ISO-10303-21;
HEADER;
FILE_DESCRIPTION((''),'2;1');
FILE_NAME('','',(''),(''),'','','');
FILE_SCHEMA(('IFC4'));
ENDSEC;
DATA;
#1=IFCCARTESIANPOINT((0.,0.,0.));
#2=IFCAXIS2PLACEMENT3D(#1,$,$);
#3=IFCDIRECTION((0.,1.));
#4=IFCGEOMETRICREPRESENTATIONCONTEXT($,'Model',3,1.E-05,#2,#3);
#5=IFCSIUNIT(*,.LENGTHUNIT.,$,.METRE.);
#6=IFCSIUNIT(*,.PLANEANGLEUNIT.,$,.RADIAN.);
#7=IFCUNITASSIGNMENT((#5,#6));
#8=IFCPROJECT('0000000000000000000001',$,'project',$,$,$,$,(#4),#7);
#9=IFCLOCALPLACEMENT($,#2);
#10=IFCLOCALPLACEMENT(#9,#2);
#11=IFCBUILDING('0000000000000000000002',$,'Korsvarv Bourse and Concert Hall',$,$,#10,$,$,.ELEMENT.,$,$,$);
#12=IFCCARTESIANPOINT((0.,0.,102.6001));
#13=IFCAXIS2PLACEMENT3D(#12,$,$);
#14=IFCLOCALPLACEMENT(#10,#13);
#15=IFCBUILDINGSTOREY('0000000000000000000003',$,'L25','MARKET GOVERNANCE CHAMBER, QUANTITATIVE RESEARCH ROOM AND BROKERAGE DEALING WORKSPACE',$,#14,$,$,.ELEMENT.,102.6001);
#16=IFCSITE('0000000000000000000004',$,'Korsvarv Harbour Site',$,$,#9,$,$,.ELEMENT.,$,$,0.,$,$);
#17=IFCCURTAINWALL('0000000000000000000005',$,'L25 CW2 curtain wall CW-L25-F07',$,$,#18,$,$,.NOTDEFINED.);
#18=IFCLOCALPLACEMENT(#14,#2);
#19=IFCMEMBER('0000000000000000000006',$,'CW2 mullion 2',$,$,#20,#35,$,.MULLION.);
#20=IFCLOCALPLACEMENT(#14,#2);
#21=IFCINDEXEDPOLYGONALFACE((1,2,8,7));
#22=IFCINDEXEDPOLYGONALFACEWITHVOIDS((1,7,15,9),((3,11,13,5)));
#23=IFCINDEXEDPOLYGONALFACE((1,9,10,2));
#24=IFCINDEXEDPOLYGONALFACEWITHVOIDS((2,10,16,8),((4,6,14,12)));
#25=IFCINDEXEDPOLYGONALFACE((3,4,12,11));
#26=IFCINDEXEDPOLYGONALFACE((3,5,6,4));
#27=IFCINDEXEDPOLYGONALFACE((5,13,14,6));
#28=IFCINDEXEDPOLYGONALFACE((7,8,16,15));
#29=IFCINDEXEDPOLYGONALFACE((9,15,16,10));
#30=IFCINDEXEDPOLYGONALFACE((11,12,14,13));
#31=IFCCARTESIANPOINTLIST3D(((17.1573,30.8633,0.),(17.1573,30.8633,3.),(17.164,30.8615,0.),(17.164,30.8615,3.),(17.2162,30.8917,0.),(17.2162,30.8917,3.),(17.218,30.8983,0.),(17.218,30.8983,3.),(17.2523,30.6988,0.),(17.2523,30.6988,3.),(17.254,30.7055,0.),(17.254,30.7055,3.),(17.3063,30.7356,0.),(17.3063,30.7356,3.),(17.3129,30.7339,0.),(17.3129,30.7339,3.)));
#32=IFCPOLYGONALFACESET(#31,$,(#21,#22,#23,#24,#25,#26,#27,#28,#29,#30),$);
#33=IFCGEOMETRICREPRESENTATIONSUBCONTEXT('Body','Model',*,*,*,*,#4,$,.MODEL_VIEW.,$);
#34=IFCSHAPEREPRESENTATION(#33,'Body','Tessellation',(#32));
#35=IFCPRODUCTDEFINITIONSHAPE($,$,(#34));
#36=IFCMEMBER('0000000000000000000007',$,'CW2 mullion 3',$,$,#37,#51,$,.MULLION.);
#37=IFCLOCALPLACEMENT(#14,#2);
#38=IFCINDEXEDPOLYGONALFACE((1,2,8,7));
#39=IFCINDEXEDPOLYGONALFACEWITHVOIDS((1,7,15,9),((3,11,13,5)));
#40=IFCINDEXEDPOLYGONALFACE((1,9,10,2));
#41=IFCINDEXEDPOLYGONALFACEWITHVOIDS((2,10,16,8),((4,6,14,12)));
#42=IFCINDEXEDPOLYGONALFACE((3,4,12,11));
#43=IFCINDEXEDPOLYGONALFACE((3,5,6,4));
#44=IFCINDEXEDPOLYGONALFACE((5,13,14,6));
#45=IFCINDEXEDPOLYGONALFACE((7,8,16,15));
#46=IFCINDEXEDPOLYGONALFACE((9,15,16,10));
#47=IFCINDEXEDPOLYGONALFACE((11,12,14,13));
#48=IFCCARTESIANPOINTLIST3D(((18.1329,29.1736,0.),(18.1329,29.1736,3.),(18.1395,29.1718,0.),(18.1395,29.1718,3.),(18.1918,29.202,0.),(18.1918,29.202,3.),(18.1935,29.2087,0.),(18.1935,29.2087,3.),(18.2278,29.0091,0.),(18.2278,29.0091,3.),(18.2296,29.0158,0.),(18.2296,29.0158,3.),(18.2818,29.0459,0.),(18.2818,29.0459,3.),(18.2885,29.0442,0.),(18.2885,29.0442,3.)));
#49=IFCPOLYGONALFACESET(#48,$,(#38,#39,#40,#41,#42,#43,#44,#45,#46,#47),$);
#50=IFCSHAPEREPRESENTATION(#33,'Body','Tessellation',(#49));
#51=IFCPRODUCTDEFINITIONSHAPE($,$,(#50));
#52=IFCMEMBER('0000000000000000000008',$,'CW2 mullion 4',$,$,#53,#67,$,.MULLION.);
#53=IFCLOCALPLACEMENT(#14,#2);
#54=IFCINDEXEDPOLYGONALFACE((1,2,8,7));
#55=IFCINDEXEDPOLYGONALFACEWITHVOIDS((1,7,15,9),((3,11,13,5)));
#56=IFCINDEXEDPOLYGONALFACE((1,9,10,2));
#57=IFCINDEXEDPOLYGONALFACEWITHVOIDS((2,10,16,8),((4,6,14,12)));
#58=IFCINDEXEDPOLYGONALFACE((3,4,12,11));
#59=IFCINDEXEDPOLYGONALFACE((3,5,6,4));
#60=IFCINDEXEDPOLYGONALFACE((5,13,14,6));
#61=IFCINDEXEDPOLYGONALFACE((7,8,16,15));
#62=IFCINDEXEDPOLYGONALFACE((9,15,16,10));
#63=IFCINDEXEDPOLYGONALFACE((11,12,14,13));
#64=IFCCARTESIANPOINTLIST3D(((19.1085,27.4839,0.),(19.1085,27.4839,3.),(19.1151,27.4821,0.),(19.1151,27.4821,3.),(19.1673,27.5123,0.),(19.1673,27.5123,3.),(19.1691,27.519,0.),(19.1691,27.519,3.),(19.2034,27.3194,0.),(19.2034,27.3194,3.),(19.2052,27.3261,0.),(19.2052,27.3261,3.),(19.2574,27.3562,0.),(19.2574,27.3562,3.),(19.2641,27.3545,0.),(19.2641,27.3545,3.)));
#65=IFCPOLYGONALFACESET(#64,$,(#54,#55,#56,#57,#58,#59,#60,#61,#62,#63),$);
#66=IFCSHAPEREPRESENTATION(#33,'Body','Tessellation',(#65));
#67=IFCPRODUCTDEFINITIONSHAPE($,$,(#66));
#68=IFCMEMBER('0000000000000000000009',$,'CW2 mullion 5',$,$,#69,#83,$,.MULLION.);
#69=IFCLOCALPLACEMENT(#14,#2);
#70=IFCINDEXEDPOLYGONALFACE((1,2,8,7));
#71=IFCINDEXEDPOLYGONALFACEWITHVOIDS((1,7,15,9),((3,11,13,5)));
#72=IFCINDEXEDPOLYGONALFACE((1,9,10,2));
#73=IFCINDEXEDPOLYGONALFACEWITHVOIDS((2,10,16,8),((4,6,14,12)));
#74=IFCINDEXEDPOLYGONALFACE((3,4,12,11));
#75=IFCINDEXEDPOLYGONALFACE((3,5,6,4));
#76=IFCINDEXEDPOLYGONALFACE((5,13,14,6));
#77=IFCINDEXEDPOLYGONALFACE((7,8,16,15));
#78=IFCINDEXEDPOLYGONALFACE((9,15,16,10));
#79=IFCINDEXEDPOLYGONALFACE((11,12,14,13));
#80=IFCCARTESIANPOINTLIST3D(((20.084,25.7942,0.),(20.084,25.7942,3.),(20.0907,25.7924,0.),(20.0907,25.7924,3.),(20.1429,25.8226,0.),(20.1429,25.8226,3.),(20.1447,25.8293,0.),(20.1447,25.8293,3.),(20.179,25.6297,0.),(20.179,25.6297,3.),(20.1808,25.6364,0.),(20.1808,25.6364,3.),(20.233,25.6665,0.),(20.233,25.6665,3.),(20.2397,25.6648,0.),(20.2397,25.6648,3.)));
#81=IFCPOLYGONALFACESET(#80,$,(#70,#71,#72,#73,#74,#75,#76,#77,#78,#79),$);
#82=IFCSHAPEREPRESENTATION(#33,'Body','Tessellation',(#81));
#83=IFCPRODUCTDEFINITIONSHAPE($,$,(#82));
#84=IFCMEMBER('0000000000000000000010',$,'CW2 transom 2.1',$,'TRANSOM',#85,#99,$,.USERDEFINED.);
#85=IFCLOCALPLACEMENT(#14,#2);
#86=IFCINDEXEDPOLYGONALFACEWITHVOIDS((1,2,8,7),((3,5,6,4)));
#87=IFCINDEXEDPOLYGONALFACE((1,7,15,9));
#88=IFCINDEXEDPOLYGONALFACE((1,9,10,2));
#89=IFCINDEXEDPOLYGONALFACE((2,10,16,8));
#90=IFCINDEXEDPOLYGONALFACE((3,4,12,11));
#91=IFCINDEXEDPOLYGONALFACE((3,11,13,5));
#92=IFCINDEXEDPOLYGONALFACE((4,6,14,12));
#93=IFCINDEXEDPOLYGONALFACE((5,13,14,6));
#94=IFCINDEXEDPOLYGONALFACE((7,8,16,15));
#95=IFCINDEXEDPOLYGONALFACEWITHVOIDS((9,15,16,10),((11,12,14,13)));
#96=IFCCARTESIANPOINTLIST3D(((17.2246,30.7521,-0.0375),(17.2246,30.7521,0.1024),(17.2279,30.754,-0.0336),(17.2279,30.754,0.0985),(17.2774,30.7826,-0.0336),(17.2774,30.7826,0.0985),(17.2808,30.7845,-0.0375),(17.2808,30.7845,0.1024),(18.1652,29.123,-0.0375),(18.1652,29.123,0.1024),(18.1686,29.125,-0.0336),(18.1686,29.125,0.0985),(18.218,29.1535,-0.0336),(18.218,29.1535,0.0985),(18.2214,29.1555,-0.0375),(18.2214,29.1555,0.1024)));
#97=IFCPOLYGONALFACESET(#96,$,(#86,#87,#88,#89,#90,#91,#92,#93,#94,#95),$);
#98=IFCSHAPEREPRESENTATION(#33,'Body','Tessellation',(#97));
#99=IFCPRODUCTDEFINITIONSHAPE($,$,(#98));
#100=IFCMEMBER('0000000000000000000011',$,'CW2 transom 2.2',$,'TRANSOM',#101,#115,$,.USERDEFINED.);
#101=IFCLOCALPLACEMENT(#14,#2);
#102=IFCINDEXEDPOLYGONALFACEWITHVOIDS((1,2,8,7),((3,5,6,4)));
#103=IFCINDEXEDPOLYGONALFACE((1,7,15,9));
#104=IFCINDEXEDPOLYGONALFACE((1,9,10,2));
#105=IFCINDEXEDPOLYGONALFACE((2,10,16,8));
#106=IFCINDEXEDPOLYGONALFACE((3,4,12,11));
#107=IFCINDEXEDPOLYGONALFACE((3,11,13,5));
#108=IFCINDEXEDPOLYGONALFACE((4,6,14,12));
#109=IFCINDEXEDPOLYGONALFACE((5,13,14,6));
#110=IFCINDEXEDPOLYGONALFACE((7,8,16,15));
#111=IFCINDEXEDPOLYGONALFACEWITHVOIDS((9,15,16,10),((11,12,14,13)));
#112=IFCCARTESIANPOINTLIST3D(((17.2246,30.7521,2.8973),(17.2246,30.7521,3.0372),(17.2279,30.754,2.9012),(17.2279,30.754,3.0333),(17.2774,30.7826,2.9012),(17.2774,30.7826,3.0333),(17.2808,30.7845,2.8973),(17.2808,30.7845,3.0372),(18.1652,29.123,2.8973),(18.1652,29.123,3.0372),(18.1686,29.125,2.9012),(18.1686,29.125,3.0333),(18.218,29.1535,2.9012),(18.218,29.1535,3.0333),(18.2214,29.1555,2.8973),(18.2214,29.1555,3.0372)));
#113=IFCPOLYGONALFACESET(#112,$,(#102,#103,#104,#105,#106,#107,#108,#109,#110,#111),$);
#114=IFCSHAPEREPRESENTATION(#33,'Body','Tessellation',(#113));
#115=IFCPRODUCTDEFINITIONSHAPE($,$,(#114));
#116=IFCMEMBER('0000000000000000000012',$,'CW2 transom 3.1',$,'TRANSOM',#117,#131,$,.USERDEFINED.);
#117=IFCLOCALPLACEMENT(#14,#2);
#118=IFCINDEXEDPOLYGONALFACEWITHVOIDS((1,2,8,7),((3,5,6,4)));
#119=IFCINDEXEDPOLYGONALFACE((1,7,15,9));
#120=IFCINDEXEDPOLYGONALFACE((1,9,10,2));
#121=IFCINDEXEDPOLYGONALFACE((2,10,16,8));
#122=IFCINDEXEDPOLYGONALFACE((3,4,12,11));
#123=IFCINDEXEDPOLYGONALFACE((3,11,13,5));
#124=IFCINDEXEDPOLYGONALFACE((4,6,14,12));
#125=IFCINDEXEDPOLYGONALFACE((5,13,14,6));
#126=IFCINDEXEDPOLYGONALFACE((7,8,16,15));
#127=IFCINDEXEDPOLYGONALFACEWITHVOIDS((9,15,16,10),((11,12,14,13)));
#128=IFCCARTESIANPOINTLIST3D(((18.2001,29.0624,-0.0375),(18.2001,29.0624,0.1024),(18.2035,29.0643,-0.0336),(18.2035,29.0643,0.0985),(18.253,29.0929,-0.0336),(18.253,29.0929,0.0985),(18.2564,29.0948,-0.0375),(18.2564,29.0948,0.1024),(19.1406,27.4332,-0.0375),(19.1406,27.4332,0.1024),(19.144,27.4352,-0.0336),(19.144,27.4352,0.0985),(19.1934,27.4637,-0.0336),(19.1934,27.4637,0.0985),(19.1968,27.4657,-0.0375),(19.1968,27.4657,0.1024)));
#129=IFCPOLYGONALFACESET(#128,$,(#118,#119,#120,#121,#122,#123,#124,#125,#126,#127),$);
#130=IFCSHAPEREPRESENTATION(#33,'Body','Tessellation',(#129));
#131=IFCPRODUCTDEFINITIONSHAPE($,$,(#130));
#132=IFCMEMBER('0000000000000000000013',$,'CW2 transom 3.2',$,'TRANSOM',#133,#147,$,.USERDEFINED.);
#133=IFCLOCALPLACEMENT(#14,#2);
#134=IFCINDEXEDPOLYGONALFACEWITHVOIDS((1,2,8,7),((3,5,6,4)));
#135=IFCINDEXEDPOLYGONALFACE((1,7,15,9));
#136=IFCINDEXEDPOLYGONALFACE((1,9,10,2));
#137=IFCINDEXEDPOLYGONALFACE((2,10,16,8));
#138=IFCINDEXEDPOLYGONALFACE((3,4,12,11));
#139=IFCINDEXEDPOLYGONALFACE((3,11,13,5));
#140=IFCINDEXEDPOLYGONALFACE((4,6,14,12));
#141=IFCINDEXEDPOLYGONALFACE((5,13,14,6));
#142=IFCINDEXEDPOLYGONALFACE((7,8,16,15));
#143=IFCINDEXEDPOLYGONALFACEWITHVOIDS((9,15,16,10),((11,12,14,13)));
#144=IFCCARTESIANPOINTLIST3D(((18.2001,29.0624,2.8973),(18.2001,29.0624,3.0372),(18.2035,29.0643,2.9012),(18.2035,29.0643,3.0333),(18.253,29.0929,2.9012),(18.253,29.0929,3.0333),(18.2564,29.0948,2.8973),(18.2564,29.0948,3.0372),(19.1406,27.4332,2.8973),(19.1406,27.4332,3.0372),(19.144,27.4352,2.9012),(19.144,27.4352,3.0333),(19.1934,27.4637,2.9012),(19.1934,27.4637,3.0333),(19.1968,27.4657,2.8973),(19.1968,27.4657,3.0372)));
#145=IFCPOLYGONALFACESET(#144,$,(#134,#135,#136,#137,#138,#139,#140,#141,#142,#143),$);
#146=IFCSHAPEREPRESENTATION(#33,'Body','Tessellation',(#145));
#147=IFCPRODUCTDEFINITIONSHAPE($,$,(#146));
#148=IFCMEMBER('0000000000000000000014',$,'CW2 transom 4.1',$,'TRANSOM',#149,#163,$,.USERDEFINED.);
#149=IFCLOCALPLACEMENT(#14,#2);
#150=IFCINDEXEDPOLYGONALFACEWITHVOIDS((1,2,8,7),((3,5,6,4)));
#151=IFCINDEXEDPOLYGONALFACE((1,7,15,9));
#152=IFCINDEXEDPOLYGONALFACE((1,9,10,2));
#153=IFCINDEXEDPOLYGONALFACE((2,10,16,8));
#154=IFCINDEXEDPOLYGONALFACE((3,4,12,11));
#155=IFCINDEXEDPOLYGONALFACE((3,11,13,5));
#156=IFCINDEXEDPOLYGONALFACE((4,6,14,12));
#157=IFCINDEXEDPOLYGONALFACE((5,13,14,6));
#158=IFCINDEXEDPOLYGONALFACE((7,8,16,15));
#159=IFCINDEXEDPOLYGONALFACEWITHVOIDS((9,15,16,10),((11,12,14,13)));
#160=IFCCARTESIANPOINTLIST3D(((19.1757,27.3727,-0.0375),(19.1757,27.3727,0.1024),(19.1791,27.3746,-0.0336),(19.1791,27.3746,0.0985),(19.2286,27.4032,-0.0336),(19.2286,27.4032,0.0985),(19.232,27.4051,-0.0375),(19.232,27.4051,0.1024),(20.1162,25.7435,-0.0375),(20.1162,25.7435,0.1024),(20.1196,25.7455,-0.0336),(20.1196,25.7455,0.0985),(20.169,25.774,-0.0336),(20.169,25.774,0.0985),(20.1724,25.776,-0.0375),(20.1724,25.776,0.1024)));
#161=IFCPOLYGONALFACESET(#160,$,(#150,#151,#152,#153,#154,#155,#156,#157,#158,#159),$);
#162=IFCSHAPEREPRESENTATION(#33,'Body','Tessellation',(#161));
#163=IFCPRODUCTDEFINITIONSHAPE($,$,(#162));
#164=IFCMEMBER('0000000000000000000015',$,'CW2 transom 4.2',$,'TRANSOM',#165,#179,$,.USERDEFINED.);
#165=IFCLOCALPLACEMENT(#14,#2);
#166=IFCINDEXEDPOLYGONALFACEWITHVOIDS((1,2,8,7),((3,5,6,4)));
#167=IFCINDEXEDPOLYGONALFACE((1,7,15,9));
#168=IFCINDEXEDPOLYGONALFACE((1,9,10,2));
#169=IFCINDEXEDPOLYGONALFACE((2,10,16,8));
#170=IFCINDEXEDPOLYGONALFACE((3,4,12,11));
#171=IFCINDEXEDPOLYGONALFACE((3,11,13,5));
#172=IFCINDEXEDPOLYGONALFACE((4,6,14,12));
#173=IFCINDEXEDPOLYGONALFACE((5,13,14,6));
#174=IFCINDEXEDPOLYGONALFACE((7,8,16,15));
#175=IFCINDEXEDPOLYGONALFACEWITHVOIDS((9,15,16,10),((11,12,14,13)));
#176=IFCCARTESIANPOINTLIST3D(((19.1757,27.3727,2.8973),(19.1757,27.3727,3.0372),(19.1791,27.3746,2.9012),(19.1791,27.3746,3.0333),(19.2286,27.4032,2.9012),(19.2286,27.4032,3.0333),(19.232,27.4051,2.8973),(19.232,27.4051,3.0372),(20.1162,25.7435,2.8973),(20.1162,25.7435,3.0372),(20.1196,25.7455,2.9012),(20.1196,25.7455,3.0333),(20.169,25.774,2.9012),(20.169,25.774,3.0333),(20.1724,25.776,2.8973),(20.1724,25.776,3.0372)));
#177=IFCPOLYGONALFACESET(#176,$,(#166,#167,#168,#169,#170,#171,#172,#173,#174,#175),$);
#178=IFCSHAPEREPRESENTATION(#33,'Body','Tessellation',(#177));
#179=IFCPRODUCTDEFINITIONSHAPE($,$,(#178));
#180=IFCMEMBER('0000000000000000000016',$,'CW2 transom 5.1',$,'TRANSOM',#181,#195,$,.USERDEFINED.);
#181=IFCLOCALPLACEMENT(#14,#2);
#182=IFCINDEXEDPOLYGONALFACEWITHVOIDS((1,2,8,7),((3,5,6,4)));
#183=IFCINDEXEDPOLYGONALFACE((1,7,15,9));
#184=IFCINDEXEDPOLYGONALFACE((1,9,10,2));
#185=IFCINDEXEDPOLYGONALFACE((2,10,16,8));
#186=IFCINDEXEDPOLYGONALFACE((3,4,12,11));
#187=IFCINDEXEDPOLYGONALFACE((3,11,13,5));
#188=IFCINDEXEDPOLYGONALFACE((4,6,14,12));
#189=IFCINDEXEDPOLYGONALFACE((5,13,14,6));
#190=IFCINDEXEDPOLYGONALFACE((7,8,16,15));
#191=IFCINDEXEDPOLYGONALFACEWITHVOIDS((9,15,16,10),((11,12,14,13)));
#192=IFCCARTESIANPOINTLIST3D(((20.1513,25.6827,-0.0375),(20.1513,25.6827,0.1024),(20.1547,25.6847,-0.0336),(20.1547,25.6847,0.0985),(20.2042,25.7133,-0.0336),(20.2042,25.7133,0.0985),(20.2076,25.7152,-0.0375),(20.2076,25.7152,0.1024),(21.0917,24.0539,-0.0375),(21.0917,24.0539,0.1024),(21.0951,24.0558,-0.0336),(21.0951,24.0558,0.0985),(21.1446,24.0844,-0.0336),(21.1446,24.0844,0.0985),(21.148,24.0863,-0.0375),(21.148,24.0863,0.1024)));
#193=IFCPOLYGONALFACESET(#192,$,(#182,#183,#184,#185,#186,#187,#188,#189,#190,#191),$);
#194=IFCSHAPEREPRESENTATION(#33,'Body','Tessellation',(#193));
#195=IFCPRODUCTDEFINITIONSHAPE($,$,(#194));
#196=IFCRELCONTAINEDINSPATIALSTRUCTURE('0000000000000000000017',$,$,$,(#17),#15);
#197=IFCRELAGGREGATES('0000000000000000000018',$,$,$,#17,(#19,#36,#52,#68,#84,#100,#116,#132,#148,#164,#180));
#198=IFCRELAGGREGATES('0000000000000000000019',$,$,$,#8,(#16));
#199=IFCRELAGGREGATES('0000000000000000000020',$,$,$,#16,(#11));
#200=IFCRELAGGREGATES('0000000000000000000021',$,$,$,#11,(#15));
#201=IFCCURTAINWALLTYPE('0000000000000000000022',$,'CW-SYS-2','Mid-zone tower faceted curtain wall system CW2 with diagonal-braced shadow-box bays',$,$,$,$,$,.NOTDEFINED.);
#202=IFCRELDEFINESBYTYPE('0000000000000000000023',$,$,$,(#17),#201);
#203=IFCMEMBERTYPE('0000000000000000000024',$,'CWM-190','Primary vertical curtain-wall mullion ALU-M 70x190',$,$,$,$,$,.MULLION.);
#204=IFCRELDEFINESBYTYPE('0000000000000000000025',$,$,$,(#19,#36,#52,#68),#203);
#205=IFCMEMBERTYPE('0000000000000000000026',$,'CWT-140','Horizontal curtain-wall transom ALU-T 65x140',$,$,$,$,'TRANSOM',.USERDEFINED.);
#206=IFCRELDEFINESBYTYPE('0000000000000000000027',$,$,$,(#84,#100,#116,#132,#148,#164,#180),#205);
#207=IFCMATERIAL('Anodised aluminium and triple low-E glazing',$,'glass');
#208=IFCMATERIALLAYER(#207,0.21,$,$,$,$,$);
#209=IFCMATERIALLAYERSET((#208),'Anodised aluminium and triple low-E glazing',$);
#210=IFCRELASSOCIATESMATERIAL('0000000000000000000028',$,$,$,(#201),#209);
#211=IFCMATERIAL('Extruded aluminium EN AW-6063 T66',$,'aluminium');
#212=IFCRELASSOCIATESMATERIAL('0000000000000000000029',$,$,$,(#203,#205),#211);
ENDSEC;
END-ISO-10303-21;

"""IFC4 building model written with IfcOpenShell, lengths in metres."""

from ifc_helpers import new_model, si_unit, direction, frame, origin, origin_2d, place, context, subcontext, project, spatial, hollow_rectangle, extrude, source, transform, mapped, material, layer, layer_set, material_profile, profile_set, type_object, element, aggregate, save


model = new_model("IFC4")

# Units and contexts
model_context = context("Model", 3, precision=1e-05, world=origin(), true_north=direction((0.0, 1.0)))
body_context = subcontext(model_context, "Body", "Model", "MODEL_VIEW")
ifc_project = project(units=[si_unit("LENGTHUNIT", "METRE"), si_unit("PLANEANGLEUNIT", "RADIAN")], contexts=[model_context])

# Site, building, storey
site_placement = place(None, origin())
site = spatial("IfcSite", under=ifc_project, at=site_placement, Name="Korsvarv Harbour Site", CompositionType="ELEMENT", RefElevation=0.0)
building_placement = place(site_placement, origin())
building = spatial("IfcBuilding", under=site, at=building_placement, Name="Korsvarv Bourse and Concert Hall", CompositionType="ELEMENT")
storey_placement = place(building_placement, frame((0.0, 0.0, 102.6001)))
storey = spatial("IfcBuildingStorey", under=building, at=storey_placement, Name="L25", Description="MARKET GOVERNANCE CHAMBER, QUANTITATIVE RESEARCH ROOM AND BROKERAGE DEALING WORKSPACE", CompositionType="ELEMENT", Elevation=102.6001)

# Curtain wall, members
ifc_material_1 = material(Name="Anodised aluminium and triple low-E glazing", Category="glass")
ifc_layer_1 = layer(ifc_material_1, 0.21)
ifc_layer_set_1 = layer_set([ifc_layer_1], Name="Anodised aluminium and triple low-E glazing")
curtain_wall_type = type_object("IfcCurtainWallType", Name="CW-SYS-2", Description="Mid-zone tower faceted curtain wall system CW2 with diagonal-braced shadow-box bays", PredefinedType="NOTDEFINED", material=ifc_layer_set_1)
curtain_wall_placement = place(storey_placement, origin())
curtain_wall = element("IfcCurtainWall", 1, at=curtain_wall_placement, inside=storey, type_object=curtain_wall_type, Name="L25 CW2 curtain wall CW-L25-F07", PredefinedType="NOTDEFINED")
ifc_material_2 = material(Name="Extruded aluminium EN AW-6063 T66", Category="aluminium")
ifc_material_profile_1 = material_profile(ifc_material_2, hollow_rectangle(XDim=0.0701, YDim=0.1899, WallThickness=0.0049, at=origin_2d()), Name="ALU-M 70x190")
ifc_profile_set_1 = profile_set([ifc_material_profile_1], Name="Extruded aluminium EN AW-6063 T66")
member_type_1 = type_object("IfcMemberType", Name="CWM-190", Description="Primary vertical curtain-wall mullion ALU-M 70x190", PredefinedType="MULLION", material=ifc_profile_set_1)
shared_shape_1 = source(origin(), body_context, "Body", "SweptSolid", [
    extrude(hollow_rectangle(XDim=0.0701, YDim=0.1899, WallThickness=0.0049, at=origin_2d()), origin(), (0.0, 0.0, 1.0), 3.0),
])
member_1_placement = place(storey_placement, frame((17.2351, 30.7986, 0.0), z_axis=(0.0, 0.0, 1.0), x_axis=(0.866024, 0.500002, 0.0)))
member_1 = element("IfcMember", 2, at=member_1_placement, type_object=member_type_1, Name="CW2 mullion 2", PredefinedType="MULLION", context=body_context, shape_type="MappedRepresentation", body=[
    mapped(shared_shape_1, transform((0.0, 0.0, 0.0), scale=1.0)),
])
member_2_placement = place(storey_placement, frame((18.2107, 29.1089, 0.0), z_axis=(0.0, 0.0, 1.0), x_axis=(0.866024, 0.500002, 0.0)))
member_2 = element("IfcMember", 3, at=member_2_placement, type_object=member_type_1, Name="CW2 mullion 3", PredefinedType="MULLION", context=body_context, shape_type="MappedRepresentation", body=[
    mapped(shared_shape_1, transform((0.0, 0.0, 0.0), scale=1.0)),
])
member_3_placement = place(storey_placement, frame((19.1863, 27.4192, 0.0), z_axis=(0.0, 0.0, 1.0), x_axis=(0.866024, 0.500002, 0.0)))
member_3 = element("IfcMember", 4, at=member_3_placement, type_object=member_type_1, Name="CW2 mullion 4", PredefinedType="MULLION", context=body_context, shape_type="MappedRepresentation", body=[
    mapped(shared_shape_1, transform((0.0, 0.0, 0.0), scale=1.0)),
])
member_4_placement = place(storey_placement, frame((20.1619, 25.7295, 0.0), z_axis=(0.0, 0.0, 1.0), x_axis=(0.866024, 0.500002, 0.0)))
member_4 = element("IfcMember", 5, at=member_4_placement, type_object=member_type_1, Name="CW2 mullion 5", PredefinedType="MULLION", context=body_context, shape_type="MappedRepresentation", body=[
    mapped(shared_shape_1, transform((0.0, 0.0, 0.0), scale=1.0)),
])
ifc_material_profile_2 = material_profile(ifc_material_2, hollow_rectangle(XDim=0.0649, YDim=0.1399, WallThickness=0.0039, at=origin_2d()), Name="ALU-T 65x140")
ifc_profile_set_2 = profile_set([ifc_material_profile_2], Name="Extruded aluminium EN AW-6063 T66")
member_type_2 = type_object("IfcMemberType", Name="CWT-140", Description="Horizontal curtain-wall transom ALU-T 65x140", ElementType="TRANSOM", PredefinedType="USERDEFINED", material=ifc_profile_set_2)
shared_shape_2 = source(origin(), body_context, "Body", "SweptSolid", [
    extrude(hollow_rectangle(XDim=0.0649, YDim=0.1399, WallThickness=0.0039, at=origin_2d()), origin(), (0.0, 0.0, 1.0), 1.8811),
])
member_5_placement = place(storey_placement, frame((17.2527, 30.7683, 0.0325), z_axis=(0.500033, -0.866006, 0.0), x_axis=(0.866006, 0.500033, 0.0)))
member_5 = element("IfcMember", 6, at=member_5_placement, type_object=member_type_2, Name="CW2 transom 2.1", ObjectType="TRANSOM", PredefinedType="USERDEFINED", context=body_context, shape_type="MappedRepresentation", body=[
    mapped(shared_shape_2, transform((0.0, 0.0, 0.0), scale=1.0)),
])
member_6_placement = place(storey_placement, frame((17.2527, 30.7683, 2.9673), z_axis=(0.500033, -0.866006, 0.0), x_axis=(0.866006, 0.500033, 0.0)))
member_6 = element("IfcMember", 7, at=member_6_placement, type_object=member_type_2, Name="CW2 transom 2.2", ObjectType="TRANSOM", PredefinedType="USERDEFINED", context=body_context, shape_type="MappedRepresentation", body=[
    mapped(shared_shape_2, transform((0.0, 0.0, 0.0), scale=1.0)),
])
member_7_placement = place(storey_placement, frame((18.2283, 29.0786, 0.0325), z_axis=(0.499936, -0.866062, 0.0), x_axis=(0.866062, 0.499936, 0.0)))
member_7 = element("IfcMember", 8, at=member_7_placement, type_object=member_type_2, Name="CW2 transom 3.1", ObjectType="TRANSOM", PredefinedType="USERDEFINED", context=body_context, shape_type="MappedRepresentation", body=[
    mapped(shared_shape_2, transform((0.0, 0.0, 0.0), scale=1.0)),
])
member_8_placement = place(storey_placement, frame((18.2283, 29.0786, 2.9673), z_axis=(0.499936, -0.866062, 0.0), x_axis=(0.866062, 0.499936, 0.0)))
member_8 = element("IfcMember", 9, at=member_8_placement, type_object=member_type_2, Name="CW2 transom 3.2", ObjectType="TRANSOM", PredefinedType="USERDEFINED", context=body_context, shape_type="MappedRepresentation", body=[
    mapped(shared_shape_2, transform((0.0, 0.0, 0.0), scale=1.0)),
])
member_9_placement = place(storey_placement, frame((19.2039, 27.3889, 0.0325), z_axis=(0.499936, -0.866062, 0.0), x_axis=(0.866062, 0.499936, 0.0)))
member_9 = element("IfcMember", 10, at=member_9_placement, type_object=member_type_2, Name="CW2 transom 4.1", ObjectType="TRANSOM", PredefinedType="USERDEFINED", context=body_context, shape_type="MappedRepresentation", body=[
    mapped(shared_shape_2, transform((0.0, 0.0, 0.0), scale=1.0)),
])
member_10_placement = place(storey_placement, frame((19.2039, 27.3889, 2.9673), z_axis=(0.499936, -0.866062, 0.0), x_axis=(0.866062, 0.499936, 0.0)))
member_10 = element("IfcMember", 11, at=member_10_placement, type_object=member_type_2, Name="CW2 transom 4.2", ObjectType="TRANSOM", PredefinedType="USERDEFINED", context=body_context, shape_type="MappedRepresentation", body=[
    mapped(shared_shape_2, transform((0.0, 0.0, 0.0), scale=1.0)),
])
shared_shape_3 = source(origin(), body_context, "Body", "SweptSolid", [
    extrude(hollow_rectangle(XDim=0.0649, YDim=0.1399, WallThickness=0.0039, at=origin_2d()), origin(), (0.0, 0.0, 1.0), 1.8809),
])
member_11_placement = place(storey_placement, frame((20.1794, 25.699, 0.0325), z_axis=(0.499992, -0.86603, 0.0), x_axis=(0.86603, 0.499992, 0.0)))
member_11 = element("IfcMember", 12, at=member_11_placement, type_object=member_type_2, Name="CW2 transom 5.1", ObjectType="TRANSOM", PredefinedType="USERDEFINED", context=body_context, shape_type="MappedRepresentation", body=[
    mapped(shared_shape_3, transform((0.0, 0.0, 0.0), scale=1.0)),
])

aggregate(curtain_wall, [member_1, member_2, member_3, member_4, member_5, member_6, member_7, member_8, member_9, member_10, member_11])

save(model, "model.ifc")
